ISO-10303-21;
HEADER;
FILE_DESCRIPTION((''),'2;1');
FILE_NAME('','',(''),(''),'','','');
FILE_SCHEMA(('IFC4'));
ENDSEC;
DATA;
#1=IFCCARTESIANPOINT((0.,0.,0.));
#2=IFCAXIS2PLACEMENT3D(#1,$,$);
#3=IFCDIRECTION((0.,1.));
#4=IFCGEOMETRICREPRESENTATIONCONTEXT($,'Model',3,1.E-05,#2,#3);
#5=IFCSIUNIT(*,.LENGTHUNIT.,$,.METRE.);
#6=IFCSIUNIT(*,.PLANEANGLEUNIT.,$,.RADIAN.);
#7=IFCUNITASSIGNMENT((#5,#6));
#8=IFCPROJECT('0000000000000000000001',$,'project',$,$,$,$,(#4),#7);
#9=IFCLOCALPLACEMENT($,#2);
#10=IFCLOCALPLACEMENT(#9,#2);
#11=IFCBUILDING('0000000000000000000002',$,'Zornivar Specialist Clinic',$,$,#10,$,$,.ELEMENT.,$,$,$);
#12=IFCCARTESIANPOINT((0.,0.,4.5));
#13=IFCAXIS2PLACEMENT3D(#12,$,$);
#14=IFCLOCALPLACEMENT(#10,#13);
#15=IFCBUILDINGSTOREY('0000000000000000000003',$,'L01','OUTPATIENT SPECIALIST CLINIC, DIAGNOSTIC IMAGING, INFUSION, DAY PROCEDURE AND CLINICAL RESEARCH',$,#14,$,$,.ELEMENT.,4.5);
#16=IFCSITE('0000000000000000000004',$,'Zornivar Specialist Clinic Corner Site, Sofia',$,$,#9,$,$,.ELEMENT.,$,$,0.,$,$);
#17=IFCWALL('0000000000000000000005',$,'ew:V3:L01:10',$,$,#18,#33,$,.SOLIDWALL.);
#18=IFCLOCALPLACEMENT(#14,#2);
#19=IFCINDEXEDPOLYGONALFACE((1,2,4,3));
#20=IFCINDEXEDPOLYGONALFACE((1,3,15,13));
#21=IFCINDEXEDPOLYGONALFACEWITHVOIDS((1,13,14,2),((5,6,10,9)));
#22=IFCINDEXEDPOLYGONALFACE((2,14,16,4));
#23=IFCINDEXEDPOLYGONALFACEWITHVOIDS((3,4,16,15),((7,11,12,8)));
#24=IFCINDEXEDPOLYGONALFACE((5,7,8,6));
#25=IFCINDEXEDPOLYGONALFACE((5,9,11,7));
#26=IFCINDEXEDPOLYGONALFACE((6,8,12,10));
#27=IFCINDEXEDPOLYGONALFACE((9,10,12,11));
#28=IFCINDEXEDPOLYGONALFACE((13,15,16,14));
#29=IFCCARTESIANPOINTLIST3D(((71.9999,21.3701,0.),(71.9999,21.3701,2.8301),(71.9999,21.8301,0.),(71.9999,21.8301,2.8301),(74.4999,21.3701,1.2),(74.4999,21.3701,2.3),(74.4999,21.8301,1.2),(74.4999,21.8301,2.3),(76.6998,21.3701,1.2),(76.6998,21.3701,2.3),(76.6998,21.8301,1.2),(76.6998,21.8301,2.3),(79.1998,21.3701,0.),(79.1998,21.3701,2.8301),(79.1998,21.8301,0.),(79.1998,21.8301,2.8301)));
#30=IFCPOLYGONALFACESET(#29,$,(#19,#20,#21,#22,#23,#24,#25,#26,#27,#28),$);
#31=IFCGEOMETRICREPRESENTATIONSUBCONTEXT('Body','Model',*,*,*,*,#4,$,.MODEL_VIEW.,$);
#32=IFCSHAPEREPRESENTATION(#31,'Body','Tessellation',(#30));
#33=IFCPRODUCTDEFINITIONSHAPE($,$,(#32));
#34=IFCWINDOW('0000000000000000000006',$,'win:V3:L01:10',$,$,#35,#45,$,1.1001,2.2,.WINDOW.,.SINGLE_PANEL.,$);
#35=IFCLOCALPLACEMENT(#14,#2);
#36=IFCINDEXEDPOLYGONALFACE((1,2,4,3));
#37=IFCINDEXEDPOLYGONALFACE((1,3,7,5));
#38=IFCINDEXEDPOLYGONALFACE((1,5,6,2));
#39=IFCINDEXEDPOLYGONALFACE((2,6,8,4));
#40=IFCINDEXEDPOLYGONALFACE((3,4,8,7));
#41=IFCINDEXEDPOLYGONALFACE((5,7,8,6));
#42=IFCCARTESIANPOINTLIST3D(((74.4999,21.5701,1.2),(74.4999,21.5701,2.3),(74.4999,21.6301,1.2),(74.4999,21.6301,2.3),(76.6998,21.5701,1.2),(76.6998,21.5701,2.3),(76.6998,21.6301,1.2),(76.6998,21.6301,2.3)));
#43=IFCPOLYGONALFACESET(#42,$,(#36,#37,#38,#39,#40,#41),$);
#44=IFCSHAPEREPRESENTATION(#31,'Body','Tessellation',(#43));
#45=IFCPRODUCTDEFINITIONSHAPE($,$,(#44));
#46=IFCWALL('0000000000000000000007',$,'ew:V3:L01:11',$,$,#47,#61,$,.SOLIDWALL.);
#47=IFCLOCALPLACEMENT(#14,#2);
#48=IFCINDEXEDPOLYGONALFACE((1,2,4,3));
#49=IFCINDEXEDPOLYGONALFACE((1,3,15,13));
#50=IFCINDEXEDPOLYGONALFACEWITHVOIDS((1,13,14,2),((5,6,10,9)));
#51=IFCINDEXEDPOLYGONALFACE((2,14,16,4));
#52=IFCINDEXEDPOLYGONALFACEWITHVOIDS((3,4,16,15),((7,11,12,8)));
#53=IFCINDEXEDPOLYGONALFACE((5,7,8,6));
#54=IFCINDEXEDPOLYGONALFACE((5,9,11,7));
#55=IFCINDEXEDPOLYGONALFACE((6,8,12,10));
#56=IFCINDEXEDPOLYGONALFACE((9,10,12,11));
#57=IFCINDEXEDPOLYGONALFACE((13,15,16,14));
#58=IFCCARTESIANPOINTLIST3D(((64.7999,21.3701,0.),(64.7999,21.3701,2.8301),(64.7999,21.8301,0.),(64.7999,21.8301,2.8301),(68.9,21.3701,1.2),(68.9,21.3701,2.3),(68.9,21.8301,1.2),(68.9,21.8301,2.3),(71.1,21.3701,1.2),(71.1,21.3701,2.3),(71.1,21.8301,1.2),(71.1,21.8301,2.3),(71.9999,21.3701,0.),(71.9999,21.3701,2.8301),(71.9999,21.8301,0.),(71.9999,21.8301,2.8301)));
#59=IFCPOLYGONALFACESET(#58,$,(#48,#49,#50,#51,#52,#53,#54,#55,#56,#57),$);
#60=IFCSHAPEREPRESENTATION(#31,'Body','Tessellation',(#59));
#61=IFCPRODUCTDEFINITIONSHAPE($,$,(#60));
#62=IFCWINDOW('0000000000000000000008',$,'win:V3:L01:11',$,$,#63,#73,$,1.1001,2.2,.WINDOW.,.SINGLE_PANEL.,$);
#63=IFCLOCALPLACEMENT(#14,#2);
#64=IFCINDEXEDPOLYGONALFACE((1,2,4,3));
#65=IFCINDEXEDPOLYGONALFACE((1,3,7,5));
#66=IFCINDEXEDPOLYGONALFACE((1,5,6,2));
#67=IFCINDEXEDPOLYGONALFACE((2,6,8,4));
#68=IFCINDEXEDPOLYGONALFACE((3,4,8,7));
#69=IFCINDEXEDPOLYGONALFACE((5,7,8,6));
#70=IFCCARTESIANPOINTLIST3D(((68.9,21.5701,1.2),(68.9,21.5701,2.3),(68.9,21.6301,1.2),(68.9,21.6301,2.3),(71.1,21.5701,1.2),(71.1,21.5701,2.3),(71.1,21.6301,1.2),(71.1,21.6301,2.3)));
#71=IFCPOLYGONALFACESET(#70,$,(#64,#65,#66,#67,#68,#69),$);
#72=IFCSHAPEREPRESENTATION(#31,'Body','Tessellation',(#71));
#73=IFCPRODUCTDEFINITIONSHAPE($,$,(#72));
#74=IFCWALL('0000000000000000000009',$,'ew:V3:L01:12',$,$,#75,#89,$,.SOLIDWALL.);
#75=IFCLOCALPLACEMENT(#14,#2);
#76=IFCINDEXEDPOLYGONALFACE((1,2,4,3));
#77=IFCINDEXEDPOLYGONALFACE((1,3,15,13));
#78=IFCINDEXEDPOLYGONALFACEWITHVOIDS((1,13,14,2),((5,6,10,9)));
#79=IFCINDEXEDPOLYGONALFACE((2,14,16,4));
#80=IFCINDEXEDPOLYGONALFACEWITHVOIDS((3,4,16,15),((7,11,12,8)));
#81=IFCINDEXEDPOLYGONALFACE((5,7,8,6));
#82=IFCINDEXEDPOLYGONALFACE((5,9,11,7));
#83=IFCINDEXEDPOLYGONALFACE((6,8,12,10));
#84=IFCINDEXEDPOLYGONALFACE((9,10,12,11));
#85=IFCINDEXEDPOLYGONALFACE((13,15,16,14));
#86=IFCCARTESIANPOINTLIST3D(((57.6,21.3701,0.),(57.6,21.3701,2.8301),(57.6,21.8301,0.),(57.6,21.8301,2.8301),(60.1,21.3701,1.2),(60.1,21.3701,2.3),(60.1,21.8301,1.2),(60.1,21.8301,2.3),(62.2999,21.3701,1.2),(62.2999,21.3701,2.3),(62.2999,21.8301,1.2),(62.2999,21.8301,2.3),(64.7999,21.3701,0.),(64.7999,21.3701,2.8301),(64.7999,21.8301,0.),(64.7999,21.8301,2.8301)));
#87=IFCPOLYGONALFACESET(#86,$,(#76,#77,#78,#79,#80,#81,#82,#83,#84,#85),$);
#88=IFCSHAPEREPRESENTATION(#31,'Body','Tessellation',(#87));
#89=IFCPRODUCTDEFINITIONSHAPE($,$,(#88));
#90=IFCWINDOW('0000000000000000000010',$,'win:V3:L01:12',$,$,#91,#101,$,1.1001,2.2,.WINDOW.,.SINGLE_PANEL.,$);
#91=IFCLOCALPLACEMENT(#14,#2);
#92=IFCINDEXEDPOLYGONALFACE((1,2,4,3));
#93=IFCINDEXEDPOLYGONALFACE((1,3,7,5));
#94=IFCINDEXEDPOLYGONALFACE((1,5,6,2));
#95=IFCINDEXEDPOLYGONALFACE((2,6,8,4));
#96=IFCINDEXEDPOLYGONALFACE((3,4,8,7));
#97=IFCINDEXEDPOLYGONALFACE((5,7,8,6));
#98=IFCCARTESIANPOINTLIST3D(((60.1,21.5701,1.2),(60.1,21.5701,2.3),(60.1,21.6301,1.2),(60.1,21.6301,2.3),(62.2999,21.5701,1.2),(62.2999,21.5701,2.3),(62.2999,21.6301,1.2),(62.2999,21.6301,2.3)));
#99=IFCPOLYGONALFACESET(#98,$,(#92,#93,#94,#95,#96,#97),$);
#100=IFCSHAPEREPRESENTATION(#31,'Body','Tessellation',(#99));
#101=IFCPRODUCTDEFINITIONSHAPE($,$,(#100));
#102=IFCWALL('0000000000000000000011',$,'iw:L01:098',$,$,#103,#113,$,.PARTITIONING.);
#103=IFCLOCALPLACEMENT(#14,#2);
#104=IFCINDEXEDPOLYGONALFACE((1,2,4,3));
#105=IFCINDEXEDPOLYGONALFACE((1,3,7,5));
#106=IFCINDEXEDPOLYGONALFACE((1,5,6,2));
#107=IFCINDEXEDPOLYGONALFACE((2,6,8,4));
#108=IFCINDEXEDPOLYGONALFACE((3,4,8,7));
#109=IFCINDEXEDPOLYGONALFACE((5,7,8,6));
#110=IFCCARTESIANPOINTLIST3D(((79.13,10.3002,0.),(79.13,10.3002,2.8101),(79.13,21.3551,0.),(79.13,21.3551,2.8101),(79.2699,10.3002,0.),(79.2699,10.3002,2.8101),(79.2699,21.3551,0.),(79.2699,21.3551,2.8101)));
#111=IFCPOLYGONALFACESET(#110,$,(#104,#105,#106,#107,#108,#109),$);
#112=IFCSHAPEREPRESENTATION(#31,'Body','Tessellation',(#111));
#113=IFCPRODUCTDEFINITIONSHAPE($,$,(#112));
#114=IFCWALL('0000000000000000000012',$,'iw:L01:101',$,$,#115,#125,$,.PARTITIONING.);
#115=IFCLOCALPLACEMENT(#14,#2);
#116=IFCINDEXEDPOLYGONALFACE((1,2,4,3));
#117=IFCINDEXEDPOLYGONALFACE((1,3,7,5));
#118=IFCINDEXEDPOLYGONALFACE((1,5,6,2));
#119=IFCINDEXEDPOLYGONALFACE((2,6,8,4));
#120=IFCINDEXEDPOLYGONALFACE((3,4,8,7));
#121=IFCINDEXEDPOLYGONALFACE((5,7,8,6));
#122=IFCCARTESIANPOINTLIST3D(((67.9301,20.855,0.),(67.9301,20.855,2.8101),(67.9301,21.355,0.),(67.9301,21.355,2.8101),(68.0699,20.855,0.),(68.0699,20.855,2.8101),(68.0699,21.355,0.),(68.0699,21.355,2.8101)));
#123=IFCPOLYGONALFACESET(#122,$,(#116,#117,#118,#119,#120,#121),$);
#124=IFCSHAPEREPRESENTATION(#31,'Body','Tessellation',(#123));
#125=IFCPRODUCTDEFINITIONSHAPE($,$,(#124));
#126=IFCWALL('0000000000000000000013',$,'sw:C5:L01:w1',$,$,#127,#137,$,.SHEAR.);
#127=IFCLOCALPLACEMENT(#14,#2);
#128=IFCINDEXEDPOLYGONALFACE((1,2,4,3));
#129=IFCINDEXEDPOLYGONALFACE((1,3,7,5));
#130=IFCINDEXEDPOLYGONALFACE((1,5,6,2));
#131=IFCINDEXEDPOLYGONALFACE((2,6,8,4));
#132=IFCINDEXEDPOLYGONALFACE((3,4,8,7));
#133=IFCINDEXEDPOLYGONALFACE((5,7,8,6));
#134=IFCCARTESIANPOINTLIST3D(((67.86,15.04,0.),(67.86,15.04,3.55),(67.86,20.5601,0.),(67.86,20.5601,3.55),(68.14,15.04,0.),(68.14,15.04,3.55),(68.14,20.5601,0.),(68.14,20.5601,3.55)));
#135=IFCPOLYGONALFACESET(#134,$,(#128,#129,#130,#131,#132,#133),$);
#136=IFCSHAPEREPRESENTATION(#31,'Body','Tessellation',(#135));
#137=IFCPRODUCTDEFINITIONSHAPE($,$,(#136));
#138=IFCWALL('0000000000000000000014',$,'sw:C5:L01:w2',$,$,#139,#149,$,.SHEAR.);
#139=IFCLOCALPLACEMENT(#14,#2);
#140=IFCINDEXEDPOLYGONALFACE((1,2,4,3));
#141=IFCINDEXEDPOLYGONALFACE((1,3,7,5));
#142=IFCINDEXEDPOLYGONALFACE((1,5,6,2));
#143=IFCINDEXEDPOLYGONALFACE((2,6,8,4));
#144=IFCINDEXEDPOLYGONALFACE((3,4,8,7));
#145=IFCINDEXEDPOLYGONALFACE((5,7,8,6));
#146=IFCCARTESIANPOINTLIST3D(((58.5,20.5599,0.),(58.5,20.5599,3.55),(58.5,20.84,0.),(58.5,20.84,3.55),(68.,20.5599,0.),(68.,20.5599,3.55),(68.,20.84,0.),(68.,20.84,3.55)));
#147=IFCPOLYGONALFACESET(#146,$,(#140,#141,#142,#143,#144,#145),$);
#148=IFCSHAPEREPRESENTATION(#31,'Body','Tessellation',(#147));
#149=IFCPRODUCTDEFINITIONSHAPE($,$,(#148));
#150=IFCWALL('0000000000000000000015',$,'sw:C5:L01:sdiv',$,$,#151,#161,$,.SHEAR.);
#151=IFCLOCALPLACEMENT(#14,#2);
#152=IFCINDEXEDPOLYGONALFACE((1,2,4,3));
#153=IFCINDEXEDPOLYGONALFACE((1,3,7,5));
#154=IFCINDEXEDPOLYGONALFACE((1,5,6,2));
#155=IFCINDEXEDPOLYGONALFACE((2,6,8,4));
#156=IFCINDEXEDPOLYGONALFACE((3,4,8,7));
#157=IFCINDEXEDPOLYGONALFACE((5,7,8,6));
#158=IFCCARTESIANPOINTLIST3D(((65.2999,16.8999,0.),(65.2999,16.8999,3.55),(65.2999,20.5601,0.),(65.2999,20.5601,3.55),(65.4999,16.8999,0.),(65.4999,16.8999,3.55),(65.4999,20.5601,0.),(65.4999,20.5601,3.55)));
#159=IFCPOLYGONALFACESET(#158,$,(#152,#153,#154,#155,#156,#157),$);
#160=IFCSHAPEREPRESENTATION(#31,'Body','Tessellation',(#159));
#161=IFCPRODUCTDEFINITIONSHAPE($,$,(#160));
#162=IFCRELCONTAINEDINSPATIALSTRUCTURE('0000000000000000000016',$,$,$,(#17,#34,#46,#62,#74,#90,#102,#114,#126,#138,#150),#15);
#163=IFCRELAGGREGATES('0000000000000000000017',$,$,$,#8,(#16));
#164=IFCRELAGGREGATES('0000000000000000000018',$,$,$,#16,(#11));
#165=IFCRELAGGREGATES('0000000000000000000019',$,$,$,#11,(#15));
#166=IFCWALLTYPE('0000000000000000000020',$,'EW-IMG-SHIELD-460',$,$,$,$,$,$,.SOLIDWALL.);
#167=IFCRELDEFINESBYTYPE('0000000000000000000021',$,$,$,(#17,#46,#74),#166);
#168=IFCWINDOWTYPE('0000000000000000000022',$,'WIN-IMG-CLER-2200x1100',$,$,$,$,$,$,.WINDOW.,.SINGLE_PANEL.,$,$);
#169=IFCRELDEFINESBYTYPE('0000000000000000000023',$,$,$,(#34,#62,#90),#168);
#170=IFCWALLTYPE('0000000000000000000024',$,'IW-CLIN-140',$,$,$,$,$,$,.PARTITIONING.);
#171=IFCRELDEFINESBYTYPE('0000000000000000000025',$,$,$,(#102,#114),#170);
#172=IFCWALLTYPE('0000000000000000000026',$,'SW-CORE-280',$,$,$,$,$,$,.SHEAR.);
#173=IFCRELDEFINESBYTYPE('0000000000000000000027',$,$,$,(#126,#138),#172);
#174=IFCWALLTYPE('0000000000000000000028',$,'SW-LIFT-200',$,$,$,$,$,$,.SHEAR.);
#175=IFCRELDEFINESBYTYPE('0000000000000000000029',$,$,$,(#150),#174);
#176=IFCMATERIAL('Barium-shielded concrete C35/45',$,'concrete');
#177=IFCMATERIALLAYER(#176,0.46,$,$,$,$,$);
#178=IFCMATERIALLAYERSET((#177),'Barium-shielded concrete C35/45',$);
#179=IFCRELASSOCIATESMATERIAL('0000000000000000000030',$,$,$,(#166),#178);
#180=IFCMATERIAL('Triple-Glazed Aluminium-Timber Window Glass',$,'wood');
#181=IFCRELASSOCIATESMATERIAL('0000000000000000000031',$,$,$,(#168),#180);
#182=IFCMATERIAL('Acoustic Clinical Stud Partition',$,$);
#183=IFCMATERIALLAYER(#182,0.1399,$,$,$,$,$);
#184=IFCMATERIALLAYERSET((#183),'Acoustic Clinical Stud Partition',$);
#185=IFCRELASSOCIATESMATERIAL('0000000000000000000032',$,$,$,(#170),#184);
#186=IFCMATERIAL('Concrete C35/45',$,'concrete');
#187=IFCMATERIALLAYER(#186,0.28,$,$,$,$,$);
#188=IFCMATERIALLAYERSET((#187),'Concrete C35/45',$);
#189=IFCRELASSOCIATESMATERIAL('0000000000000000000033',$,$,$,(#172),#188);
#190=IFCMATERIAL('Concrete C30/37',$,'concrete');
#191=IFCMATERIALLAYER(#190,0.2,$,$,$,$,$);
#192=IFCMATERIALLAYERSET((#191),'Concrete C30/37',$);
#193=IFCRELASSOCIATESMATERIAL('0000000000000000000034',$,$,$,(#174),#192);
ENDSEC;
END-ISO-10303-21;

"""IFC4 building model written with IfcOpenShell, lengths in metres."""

from ifc_helpers import new_model, si_unit, direction, frame, frame_2d, origin, place, context, subcontext, project, spatial, rectangle, extrude, material, layer, layer_set, type_object, element, fill, save


model = new_model("IFC4")

# Units and contexts
model_context = context("Model", 3, precision=1e-05, world=origin(), true_north=direction((0.0, 1.0)))
body_context = subcontext(model_context, "Body", "Model", "MODEL_VIEW")
ifc_project = project(units=[si_unit("LENGTHUNIT", "METRE"), si_unit("PLANEANGLEUNIT", "RADIAN")], contexts=[model_context])

# Site, building, storey
site_placement = place(None, origin())
site = spatial("IfcSite", under=ifc_project, at=site_placement, Name="Zornivar Specialist Clinic Corner Site, Sofia", CompositionType="ELEMENT", RefElevation=0.0)
building_placement = place(site_placement, origin())
building = spatial("IfcBuilding", under=site, at=building_placement, Name="Zornivar Specialist Clinic", CompositionType="ELEMENT")
storey_placement = place(building_placement, frame((0.0, 0.0, 4.5)))
storey = spatial("IfcBuildingStorey", under=building, at=storey_placement, Name="L01", Description="OUTPATIENT SPECIALIST CLINIC, DIAGNOSTIC IMAGING, INFUSION, DAY PROCEDURE AND CLINICAL RESEARCH", CompositionType="ELEMENT", Elevation=4.5)

# Walls, openings, windows
ifc_material_1 = material(Name="Barium-shielded concrete C35/45", Category="concrete")
ifc_layer_1 = layer(ifc_material_1, 0.46)
ifc_layer_set_1 = layer_set([ifc_layer_1], Name="Barium-shielded concrete C35/45")
wall_type_1 = type_object("IfcWallType", Name="EW-IMG-SHIELD-460", PredefinedType="SOLIDWALL", material=ifc_layer_set_1)
wall_1_placement = place(storey_placement, frame((79.2, 21.6001, 0.0), z_axis=(0.0, 0.0, 1.0), x_axis=(-1.0, 0.0, 0.0)))
wall_1 = element("IfcWall", 1, at=wall_1_placement, inside=storey, type_object=wall_type_1, Name="ew:V3:L01:10", PredefinedType="SOLIDWALL", context=body_context, shape_type="SweptSolid", body=[
    extrude(rectangle(XDim=7.2, YDim=0.46, at=frame_2d((3.6001, 0.0))), origin(), (0.0, 0.0, 1.0), 2.8301),
])
opening_1_placement = place(wall_1_placement, frame((2.5, 0.0, 1.2)))
opening_1 = element("IfcOpeningElement", 2, at=opening_1_placement, cuts=wall_1, PredefinedType="OPENING", context=body_context, shape_type="SweptSolid", body=[
    extrude(rectangle(XDim=2.2, YDim=1.1001, at=frame_2d((1.1001, 0.55))), frame((0.0, 0.24, 0.0), z_axis=(0.0, -1.0, 0.0), x_axis=(1.0, 0.0, 0.0)), (0.0, 0.0, 1.0), 0.48),
])
ifc_material_2 = material(Name="Triple-Glazed Aluminium-Timber Window Glass", Category="wood")
window_type = type_object("IfcWindowType", Name="WIN-IMG-CLER-2200x1100", PartitioningType="SINGLE_PANEL", PredefinedType="WINDOW", material=ifc_material_2)
window_1_placement = place(opening_1_placement, origin())
window_1 = element("IfcWindow", 3, at=window_1_placement, inside=storey, type_object=window_type, Name="win:V3:L01:10", OverallHeight=1.1001, OverallWidth=2.2, PartitioningType="SINGLE_PANEL", PredefinedType="WINDOW", context=body_context, shape_type="SweptSolid", body=[
    extrude(rectangle(XDim=2.2, YDim=1.1001, at=frame_2d((1.1001, 0.55))), frame((0.0, 0.03, 0.0), z_axis=(0.0, -1.0, 0.0), x_axis=(1.0, 0.0, 0.0)), (0.0, 0.0, 1.0), 0.0601),
])
fill(opening_1, window_1)
wall_2_placement = place(storey_placement, frame((72.0, 21.6001, 0.0), z_axis=(0.0, 0.0, 1.0), x_axis=(-1.0, 0.0, 0.0)))
wall_2 = element("IfcWall", 4, at=wall_2_placement, inside=storey, type_object=wall_type_1, Name="ew:V3:L01:11", PredefinedType="SOLIDWALL", context=body_context, shape_type="SweptSolid", body=[
    extrude(rectangle(XDim=7.2, YDim=0.46, at=frame_2d((3.6001, 0.0))), origin(), (0.0, 0.0, 1.0), 2.8301),
])
opening_2_placement = place(wall_2_placement, frame((0.8999, 0.0, 1.2)))
opening_2 = element("IfcOpeningElement", 5, at=opening_2_placement, cuts=wall_2, PredefinedType="OPENING", context=body_context, shape_type="SweptSolid", body=[
    extrude(rectangle(XDim=2.2, YDim=1.1001, at=frame_2d((1.1001, 0.55))), frame((0.0, 0.24, 0.0), z_axis=(0.0, -1.0, 0.0), x_axis=(1.0, 0.0, 0.0)), (0.0, 0.0, 1.0), 0.48),
])
window_2_placement = place(opening_2_placement, origin())
window_2 = element("IfcWindow", 6, at=window_2_placement, inside=storey, type_object=window_type, Name="win:V3:L01:11", OverallHeight=1.1001, OverallWidth=2.2, PartitioningType="SINGLE_PANEL", PredefinedType="WINDOW", context=body_context, shape_type="SweptSolid", body=[
    extrude(rectangle(XDim=2.2, YDim=1.1001, at=frame_2d((1.1001, 0.55))), frame((0.0, 0.03, 0.0), z_axis=(0.0, -1.0, 0.0), x_axis=(1.0, 0.0, 0.0)), (0.0, 0.0, 1.0), 0.0601),
])
fill(opening_2, window_2)
wall_3_placement = place(storey_placement, frame((64.8, 21.6001, 0.0), z_axis=(0.0, 0.0, 1.0), x_axis=(-1.0, 0.0, 0.0)))
wall_3 = element("IfcWall", 7, at=wall_3_placement, inside=storey, type_object=wall_type_1, Name="ew:V3:L01:12", PredefinedType="SOLIDWALL", context=body_context, shape_type="SweptSolid", body=[
    extrude(rectangle(XDim=7.2, YDim=0.46, at=frame_2d((3.6001, 0.0))), origin(), (0.0, 0.0, 1.0), 2.8301),
])
opening_3_placement = place(wall_3_placement, frame((2.5, 0.0, 1.2)))
opening_3 = element("IfcOpeningElement", 8, at=opening_3_placement, cuts=wall_3, PredefinedType="OPENING", context=body_context, shape_type="SweptSolid", body=[
    extrude(rectangle(XDim=2.2, YDim=1.1001, at=frame_2d((1.1001, 0.55))), frame((0.0, 0.24, 0.0), z_axis=(0.0, -1.0, 0.0), x_axis=(1.0, 0.0, 0.0)), (0.0, 0.0, 1.0), 0.48),
])
window_3_placement = place(opening_3_placement, origin())
window_3 = element("IfcWindow", 9, at=window_3_placement, inside=storey, type_object=window_type, Name="win:V3:L01:12", OverallHeight=1.1001, OverallWidth=2.2, PartitioningType="SINGLE_PANEL", PredefinedType="WINDOW", context=body_context, shape_type="SweptSolid", body=[
    extrude(rectangle(XDim=2.2, YDim=1.1001, at=frame_2d((1.1001, 0.55))), frame((0.0, 0.03, 0.0), z_axis=(0.0, -1.0, 0.0), x_axis=(1.0, 0.0, 0.0)), (0.0, 0.0, 1.0), 0.0601),
])
fill(opening_3, window_3)

# Walls
ifc_material_3 = material(Name="Acoustic Clinical Stud Partition")
ifc_layer_2 = layer(ifc_material_3, 0.1399)
ifc_layer_set_2 = layer_set([ifc_layer_2], Name="Acoustic Clinical Stud Partition")
wall_type_2 = type_object("IfcWallType", Name="IW-CLIN-140", PredefinedType="PARTITIONING", material=ifc_layer_set_2)
wall_4_placement = place(storey_placement, frame((79.2, 21.355, 0.0), z_axis=(0.0, 0.0, 1.0), x_axis=(0.0, -1.0, 0.0)))
element("IfcWall", 10, at=wall_4_placement, inside=storey, type_object=wall_type_2, Name="iw:L01:098", PredefinedType="PARTITIONING", context=body_context, shape_type="SweptSolid", body=[
    extrude(rectangle(XDim=11.0549, YDim=0.1399, at=frame_2d((5.5273, 0.0))), origin(), (0.0, 0.0, 1.0), 2.8101),
])
wall_5_placement = place(storey_placement, frame((68.0, 20.855, 0.0), z_axis=(0.0, 0.0, 1.0), x_axis=(0.0, 1.0, 0.0)))
element("IfcWall", 11, at=wall_5_placement, inside=storey, type_object=wall_type_2, Name="iw:L01:101", PredefinedType="PARTITIONING", context=body_context, shape_type="SweptSolid", body=[
    extrude(rectangle(XDim=0.5, YDim=0.1399, at=frame_2d((0.25, 0.0))), origin(), (0.0, 0.0, 1.0), 2.8101),
])
ifc_material_4 = material(Name="Concrete C35/45", Category="concrete")
ifc_layer_3 = layer(ifc_material_4, 0.28)
ifc_layer_set_3 = layer_set([ifc_layer_3], Name="Concrete C35/45")
wall_type_3 = type_object("IfcWallType", Name="SW-CORE-280", PredefinedType="SHEAR", material=ifc_layer_set_3)
wall_6_placement = place(storey_placement, frame((68.0, 15.04, 0.0), z_axis=(0.0, 0.0, 1.0), x_axis=(0.0, 1.0, 0.0)))
element("IfcWall", 12, at=wall_6_placement, inside=storey, type_object=wall_type_3, Name="sw:C5:L01:w1", PredefinedType="SHEAR", context=body_context, shape_type="SweptSolid", body=[
    extrude(rectangle(XDim=5.52, YDim=0.28, at=frame_2d((2.76, 0.0))), origin(), (0.0, 0.0, 1.0), 3.55),
])
wall_7_placement = place(storey_placement, frame((68.0, 20.7, 0.0), z_axis=(0.0, 0.0, 1.0), x_axis=(-1.0, 0.0, 0.0)))
element("IfcWall", 13, at=wall_7_placement, inside=storey, type_object=wall_type_3, Name="sw:C5:L01:w2", PredefinedType="SHEAR", context=body_context, shape_type="SweptSolid", body=[
    extrude(rectangle(XDim=9.5, YDim=0.28, at=frame_2d((4.75, 0.0))), origin(), (0.0, 0.0, 1.0), 3.55),
])
ifc_material_5 = material(Name="Concrete C30/37", Category="concrete")
ifc_layer_4 = layer(ifc_material_5, 0.2)
ifc_layer_set_4 = layer_set([ifc_layer_4], Name="Concrete C30/37")
wall_type_4 = type_object("IfcWallType", Name="SW-LIFT-200", PredefinedType="SHEAR", material=ifc_layer_set_4)
wall_8_placement = place(storey_placement, frame((65.3999, 16.8999, 0.0), z_axis=(0.0, 0.0, 1.0), x_axis=(0.0, 1.0, 0.0)))
element("IfcWall", 14, at=wall_8_placement, inside=storey, type_object=wall_type_4, Name="sw:C5:L01:sdiv", PredefinedType="SHEAR", context=body_context, shape_type="SweptSolid", body=[
    extrude(rectangle(XDim=3.6602, YDim=0.2, at=frame_2d((1.8301, 0.0))), origin(), (0.0, 0.0, 1.0), 3.55),
])

save(model, "model.ifc")
